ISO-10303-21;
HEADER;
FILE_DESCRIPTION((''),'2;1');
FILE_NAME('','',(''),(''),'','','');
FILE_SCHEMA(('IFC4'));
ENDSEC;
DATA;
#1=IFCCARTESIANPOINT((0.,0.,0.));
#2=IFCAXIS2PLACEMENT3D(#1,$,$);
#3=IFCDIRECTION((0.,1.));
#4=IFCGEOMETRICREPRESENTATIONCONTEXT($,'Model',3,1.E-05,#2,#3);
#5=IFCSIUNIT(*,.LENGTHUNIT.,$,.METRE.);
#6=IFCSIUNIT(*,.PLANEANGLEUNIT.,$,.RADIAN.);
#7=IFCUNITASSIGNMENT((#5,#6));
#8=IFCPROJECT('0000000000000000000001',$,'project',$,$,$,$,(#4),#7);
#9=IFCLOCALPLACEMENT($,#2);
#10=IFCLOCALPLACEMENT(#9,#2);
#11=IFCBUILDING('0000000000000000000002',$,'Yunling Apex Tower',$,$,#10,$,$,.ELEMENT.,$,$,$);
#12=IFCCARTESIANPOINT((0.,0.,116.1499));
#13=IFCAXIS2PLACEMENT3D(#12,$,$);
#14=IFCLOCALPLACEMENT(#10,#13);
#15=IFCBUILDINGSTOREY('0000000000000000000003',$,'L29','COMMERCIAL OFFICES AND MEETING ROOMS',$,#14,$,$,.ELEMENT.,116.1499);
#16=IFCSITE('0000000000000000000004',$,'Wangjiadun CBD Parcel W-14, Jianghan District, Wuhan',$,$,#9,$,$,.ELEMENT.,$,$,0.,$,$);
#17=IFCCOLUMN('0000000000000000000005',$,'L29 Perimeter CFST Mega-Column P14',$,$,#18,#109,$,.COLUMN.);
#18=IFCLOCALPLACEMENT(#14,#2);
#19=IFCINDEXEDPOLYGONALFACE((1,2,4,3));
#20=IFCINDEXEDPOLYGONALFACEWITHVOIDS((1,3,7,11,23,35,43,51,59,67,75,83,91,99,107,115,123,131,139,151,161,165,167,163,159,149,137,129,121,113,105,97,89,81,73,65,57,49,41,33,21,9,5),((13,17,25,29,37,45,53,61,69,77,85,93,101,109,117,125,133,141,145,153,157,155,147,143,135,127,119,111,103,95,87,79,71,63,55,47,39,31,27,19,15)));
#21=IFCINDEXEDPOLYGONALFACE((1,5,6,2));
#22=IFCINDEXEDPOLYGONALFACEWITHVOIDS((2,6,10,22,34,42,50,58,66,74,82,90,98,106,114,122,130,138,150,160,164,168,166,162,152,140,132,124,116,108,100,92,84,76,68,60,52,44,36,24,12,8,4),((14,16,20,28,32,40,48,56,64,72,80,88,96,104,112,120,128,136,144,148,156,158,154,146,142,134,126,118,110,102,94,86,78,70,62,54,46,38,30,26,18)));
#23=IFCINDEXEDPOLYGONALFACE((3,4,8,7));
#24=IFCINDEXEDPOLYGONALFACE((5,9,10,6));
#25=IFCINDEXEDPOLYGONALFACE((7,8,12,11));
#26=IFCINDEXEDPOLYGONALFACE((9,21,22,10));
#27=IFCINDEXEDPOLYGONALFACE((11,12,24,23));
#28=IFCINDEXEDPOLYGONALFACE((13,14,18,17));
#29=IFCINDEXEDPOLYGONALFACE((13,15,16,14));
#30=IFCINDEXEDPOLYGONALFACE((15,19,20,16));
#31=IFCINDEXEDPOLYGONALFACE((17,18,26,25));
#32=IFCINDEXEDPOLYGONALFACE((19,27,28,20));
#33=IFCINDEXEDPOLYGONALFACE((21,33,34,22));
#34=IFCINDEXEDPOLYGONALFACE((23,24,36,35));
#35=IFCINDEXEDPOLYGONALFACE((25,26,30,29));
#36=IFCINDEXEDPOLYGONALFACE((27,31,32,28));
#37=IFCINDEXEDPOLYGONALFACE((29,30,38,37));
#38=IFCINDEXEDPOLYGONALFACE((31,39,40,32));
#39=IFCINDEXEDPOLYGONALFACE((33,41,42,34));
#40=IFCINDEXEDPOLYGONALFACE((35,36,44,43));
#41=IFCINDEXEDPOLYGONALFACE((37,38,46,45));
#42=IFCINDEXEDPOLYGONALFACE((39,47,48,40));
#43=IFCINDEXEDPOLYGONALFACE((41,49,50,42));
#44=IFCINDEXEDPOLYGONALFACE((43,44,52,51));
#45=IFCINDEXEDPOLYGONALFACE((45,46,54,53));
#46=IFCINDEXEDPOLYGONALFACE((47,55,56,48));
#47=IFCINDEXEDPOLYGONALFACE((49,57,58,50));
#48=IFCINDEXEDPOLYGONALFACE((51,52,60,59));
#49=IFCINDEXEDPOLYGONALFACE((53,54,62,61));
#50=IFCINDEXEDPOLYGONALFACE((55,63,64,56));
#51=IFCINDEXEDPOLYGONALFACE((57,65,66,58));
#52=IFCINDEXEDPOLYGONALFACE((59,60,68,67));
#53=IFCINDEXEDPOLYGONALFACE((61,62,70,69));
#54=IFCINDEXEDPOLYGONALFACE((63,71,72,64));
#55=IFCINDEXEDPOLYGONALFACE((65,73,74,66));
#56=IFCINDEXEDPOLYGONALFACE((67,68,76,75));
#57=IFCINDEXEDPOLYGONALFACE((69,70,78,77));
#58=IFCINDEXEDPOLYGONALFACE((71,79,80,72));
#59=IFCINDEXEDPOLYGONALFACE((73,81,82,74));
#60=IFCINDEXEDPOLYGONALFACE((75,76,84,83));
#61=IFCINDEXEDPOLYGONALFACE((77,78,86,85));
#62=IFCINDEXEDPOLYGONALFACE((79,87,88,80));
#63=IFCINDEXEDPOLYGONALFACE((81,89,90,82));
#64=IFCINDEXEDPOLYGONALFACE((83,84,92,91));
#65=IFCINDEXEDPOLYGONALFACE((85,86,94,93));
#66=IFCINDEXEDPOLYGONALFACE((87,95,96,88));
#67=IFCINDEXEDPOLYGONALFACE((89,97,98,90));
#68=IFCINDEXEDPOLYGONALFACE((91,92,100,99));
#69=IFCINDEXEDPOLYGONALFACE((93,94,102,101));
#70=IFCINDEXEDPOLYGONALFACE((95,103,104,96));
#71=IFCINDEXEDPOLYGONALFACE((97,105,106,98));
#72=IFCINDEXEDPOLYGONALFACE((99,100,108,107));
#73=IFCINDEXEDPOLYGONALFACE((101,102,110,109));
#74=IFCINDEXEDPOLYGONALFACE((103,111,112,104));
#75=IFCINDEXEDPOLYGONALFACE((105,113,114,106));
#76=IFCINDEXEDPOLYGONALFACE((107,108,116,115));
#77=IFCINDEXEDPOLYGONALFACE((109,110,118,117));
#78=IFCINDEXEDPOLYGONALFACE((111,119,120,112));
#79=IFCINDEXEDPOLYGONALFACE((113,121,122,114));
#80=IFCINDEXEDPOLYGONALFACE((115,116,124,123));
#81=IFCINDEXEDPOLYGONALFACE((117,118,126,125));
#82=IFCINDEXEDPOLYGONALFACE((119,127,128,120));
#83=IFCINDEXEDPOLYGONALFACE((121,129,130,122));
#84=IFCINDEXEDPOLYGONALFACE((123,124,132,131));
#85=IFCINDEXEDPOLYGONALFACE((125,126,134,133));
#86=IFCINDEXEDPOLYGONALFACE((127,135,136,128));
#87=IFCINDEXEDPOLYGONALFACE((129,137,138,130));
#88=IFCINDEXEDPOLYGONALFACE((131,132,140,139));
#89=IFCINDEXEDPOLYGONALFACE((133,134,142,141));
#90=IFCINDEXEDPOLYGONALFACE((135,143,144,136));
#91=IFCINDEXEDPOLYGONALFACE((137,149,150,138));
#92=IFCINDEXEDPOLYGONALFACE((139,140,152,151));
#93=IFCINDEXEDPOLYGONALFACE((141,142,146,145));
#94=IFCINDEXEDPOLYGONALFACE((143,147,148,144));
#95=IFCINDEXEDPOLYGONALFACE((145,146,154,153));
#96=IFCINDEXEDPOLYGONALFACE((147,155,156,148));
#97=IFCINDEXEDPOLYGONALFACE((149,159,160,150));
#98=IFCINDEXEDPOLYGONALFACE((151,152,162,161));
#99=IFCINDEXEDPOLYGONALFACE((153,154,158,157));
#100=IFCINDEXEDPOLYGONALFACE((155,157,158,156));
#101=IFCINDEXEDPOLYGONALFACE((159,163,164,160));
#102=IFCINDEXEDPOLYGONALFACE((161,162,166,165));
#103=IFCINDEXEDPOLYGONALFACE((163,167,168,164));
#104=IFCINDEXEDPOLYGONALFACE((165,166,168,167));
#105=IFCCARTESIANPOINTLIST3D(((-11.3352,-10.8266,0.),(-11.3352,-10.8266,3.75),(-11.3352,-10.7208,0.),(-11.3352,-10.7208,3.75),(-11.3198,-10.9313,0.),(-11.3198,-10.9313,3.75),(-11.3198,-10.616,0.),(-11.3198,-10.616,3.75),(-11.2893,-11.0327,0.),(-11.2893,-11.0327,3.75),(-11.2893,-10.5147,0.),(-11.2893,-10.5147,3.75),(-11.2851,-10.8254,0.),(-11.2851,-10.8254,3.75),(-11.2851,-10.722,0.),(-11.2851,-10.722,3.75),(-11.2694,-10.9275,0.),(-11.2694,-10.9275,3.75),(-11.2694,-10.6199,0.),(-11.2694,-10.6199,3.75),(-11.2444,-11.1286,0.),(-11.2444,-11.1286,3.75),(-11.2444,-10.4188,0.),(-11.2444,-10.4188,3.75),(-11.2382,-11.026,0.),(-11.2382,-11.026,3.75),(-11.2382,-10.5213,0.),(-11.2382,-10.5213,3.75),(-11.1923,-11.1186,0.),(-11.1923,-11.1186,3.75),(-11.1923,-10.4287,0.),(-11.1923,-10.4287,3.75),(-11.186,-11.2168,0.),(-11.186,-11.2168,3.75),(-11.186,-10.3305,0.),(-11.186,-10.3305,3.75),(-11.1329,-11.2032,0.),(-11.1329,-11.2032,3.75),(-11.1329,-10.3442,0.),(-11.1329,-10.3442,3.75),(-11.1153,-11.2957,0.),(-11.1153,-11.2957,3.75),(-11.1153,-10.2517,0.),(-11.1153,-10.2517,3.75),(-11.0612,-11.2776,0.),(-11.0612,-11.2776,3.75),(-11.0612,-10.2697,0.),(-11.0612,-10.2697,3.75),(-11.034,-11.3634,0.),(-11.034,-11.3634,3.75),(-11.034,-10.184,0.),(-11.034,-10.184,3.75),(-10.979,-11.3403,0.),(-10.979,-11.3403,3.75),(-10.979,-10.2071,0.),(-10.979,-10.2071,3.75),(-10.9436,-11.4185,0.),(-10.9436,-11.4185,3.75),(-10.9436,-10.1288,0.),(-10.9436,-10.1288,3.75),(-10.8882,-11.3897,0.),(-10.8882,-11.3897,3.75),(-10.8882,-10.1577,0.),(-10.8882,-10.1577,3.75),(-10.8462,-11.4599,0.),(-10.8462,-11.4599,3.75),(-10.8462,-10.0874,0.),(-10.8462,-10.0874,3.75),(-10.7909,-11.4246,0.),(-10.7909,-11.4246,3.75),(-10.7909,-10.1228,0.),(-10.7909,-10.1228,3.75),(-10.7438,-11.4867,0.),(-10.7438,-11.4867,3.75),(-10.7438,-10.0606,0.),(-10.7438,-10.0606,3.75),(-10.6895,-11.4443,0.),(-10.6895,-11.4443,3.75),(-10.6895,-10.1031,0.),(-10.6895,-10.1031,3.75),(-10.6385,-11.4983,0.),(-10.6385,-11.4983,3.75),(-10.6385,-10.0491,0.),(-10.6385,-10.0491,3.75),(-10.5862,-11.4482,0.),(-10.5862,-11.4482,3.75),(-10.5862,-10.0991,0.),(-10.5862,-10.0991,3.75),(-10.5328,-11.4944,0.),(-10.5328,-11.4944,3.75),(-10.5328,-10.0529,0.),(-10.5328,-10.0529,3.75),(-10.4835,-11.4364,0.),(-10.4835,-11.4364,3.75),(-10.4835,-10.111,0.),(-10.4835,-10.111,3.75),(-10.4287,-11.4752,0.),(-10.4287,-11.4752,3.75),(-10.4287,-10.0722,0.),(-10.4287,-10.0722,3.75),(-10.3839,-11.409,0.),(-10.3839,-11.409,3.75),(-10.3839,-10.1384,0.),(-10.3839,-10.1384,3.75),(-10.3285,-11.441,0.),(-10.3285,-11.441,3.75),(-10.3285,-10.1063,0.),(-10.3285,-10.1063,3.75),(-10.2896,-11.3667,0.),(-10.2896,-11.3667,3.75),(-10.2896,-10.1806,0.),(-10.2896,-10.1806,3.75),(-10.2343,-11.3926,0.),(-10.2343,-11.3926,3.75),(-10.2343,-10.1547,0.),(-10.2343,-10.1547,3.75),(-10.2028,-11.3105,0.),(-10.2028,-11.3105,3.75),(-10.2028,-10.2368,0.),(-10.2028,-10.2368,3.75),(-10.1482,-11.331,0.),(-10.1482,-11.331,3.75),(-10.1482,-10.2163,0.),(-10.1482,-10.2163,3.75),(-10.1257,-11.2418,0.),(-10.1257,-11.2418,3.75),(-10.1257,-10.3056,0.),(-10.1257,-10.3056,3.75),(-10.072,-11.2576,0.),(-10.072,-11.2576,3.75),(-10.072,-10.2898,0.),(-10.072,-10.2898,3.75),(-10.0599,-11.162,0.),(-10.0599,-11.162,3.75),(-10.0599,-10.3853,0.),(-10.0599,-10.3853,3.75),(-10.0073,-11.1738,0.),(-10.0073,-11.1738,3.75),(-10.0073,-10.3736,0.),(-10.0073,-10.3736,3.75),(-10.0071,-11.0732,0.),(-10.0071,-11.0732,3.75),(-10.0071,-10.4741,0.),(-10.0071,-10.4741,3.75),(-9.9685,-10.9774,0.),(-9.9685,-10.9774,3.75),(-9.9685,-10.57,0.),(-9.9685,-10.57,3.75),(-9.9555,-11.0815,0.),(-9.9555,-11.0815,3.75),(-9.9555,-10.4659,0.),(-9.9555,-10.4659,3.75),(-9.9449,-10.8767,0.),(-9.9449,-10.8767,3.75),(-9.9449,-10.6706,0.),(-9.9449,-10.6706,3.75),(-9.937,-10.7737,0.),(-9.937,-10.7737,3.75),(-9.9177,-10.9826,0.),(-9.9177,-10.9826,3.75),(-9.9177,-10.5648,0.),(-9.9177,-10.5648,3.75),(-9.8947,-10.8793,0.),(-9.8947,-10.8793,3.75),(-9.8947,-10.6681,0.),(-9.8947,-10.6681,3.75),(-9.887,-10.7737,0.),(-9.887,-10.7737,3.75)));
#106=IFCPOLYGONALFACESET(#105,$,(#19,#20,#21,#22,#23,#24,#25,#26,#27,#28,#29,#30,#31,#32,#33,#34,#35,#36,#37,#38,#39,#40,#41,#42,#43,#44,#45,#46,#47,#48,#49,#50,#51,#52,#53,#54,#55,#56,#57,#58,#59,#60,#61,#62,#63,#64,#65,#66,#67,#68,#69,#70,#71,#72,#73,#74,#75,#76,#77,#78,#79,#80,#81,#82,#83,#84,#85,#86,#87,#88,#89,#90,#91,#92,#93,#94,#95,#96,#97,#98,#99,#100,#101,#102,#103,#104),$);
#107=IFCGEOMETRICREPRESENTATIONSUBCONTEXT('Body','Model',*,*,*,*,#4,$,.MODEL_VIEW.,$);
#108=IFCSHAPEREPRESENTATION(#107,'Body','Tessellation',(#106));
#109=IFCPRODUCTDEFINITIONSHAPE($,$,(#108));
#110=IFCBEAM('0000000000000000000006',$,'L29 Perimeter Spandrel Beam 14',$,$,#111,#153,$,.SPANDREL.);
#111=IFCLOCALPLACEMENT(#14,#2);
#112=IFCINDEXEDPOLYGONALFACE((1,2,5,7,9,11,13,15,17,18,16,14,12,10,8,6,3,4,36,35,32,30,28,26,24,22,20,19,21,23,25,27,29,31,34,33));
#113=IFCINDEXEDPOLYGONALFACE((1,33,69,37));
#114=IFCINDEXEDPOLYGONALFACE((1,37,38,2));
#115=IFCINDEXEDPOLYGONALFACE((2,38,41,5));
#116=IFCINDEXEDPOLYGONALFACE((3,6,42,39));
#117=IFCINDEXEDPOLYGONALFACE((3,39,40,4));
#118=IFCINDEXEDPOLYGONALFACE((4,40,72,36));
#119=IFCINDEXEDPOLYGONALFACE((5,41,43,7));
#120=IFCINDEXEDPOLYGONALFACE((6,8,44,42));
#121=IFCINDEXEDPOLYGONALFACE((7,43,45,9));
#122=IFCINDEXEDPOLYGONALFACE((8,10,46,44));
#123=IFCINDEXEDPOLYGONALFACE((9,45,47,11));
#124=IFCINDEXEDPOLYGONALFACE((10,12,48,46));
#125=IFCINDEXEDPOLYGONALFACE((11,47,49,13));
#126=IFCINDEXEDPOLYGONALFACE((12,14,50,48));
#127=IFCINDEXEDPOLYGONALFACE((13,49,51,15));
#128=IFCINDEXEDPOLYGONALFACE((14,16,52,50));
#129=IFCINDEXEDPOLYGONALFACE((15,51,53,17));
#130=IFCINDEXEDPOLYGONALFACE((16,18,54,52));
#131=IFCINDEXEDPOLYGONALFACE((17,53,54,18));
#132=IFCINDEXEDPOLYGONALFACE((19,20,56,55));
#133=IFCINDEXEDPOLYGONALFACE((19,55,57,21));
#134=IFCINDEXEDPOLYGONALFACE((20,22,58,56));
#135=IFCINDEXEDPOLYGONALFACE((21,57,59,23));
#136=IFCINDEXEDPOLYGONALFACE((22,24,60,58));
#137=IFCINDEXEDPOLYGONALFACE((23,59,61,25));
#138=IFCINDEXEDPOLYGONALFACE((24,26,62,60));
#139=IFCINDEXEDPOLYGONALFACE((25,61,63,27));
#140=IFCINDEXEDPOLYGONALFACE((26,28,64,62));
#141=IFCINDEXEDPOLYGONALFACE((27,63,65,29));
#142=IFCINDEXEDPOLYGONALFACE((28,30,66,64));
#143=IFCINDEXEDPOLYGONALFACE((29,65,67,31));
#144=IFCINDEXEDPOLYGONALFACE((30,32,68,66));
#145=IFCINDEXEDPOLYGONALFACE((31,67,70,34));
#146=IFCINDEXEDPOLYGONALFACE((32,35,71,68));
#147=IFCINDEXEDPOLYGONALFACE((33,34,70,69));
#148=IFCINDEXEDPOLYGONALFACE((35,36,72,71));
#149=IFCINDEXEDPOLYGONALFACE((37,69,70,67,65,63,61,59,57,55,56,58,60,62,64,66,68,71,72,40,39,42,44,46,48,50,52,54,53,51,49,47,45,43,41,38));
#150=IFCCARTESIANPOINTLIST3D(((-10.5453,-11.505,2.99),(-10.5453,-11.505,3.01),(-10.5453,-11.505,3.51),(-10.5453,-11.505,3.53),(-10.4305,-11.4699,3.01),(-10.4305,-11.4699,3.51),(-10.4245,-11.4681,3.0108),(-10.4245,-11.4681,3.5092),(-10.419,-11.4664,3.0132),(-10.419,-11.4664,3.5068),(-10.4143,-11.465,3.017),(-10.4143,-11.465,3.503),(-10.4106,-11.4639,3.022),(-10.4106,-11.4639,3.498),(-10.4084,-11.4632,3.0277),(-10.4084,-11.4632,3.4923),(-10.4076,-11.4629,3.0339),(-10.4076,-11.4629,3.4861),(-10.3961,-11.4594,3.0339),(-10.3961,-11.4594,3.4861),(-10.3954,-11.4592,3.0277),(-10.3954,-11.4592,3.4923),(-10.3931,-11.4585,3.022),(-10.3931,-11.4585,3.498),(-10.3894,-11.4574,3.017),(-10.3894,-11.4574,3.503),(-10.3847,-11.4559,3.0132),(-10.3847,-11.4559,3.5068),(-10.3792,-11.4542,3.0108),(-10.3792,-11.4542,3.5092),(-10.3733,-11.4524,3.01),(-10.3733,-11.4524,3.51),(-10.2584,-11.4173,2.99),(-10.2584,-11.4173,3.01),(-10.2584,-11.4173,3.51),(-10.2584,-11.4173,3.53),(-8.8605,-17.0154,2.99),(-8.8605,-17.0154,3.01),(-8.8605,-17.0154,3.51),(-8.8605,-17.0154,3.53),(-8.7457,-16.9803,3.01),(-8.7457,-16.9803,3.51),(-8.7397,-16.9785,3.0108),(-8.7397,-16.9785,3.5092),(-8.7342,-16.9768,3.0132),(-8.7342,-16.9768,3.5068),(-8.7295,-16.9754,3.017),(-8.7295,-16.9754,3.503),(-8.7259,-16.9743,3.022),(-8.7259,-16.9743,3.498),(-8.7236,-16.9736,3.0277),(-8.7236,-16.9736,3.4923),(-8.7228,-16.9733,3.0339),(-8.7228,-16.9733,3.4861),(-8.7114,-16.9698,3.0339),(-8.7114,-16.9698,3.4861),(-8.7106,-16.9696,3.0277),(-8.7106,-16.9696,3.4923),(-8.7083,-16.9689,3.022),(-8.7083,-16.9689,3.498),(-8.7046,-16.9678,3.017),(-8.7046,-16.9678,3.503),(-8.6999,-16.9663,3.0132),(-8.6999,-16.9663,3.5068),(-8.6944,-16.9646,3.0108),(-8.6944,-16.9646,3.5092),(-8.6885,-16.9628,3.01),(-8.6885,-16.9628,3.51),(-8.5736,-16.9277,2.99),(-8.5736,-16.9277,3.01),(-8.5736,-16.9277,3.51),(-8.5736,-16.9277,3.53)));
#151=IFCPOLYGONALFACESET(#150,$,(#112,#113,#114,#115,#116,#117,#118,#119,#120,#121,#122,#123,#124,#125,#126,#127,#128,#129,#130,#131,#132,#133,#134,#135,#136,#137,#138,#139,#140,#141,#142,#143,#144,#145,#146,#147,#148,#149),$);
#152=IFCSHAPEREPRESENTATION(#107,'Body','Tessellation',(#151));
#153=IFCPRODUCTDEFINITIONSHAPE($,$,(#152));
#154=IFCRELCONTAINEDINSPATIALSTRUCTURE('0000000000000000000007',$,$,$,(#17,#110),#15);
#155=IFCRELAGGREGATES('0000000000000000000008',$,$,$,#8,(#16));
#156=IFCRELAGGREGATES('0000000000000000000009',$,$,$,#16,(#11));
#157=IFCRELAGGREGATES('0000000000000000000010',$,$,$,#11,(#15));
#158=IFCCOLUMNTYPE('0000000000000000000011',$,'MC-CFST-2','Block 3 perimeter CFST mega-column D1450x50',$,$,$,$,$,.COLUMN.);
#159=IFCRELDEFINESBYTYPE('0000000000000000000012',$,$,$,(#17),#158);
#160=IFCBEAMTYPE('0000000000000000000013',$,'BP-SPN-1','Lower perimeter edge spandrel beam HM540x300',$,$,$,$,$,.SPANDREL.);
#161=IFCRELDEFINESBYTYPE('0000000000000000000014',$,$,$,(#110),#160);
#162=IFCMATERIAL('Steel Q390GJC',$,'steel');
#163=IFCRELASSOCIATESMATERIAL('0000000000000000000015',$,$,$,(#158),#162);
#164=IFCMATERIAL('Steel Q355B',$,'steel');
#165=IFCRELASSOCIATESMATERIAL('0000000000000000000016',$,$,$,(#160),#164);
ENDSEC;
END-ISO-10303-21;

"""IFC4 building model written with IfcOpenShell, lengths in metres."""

from ifc_helpers import new_model, si_unit, direction, frame, origin, origin_2d, place, context, subcontext, project, spatial, hollow_circle, i_section, extrude, source, transform, mapped, material, material_profile, profile_set, type_object, element, save


model = new_model("IFC4")

# Units and contexts
model_context = context("Model", 3, precision=1e-05, world=origin(), true_north=direction((0.0, 1.0)))
body_context = subcontext(model_context, "Body", "Model", "MODEL_VIEW")
ifc_project = project(units=[si_unit("LENGTHUNIT", "METRE"), si_unit("PLANEANGLEUNIT", "RADIAN")], contexts=[model_context])

# Site, building, storey
site_placement = place(None, origin())
site = spatial("IfcSite", under=ifc_project, at=site_placement, Name="Wangjiadun CBD Parcel W-14, Jianghan District, Wuhan", CompositionType="ELEMENT", RefElevation=0.0)
building_placement = place(site_placement, origin())
building = spatial("IfcBuilding", under=site, at=building_placement, Name="Yunling Apex Tower", CompositionType="ELEMENT")
storey_placement = place(building_placement, frame((0.0, 0.0, 116.1499)))
storey = spatial("IfcBuildingStorey", under=building, at=storey_placement, Name="L29", Description="COMMERCIAL OFFICES AND MEETING ROOMS", CompositionType="ELEMENT", Elevation=116.1499)

# Column
ifc_material_1 = material(Name="Steel Q390GJC", Category="steel")
ifc_material_profile_1 = material_profile(ifc_material_1, hollow_circle(Radius=0.7251, WallThickness=0.05, at=origin_2d()))
ifc_profile_set_1 = profile_set([ifc_material_profile_1], Name="Steel Q390GJC")
column_type = type_object("IfcColumnType", Name="MC-CFST-2", Description="Block 3 perimeter CFST mega-column D1450x50", PredefinedType="COLUMN", material=ifc_profile_set_1)
shared_shape_1 = source(origin(), body_context, "Body", "SweptSolid", [
    extrude(hollow_circle(Radius=0.7251, WallThickness=0.05, at=origin_2d()), origin(), (0.0, 0.0, 1.0), 3.75),
])
column_placement = place(storey_placement, frame((-10.6121, -10.7737, 0.0), z_axis=(0.0, 0.0, 1.0), x_axis=(1.0, 0.0, 0.0)))
element("IfcColumn", 1, at=column_placement, inside=storey, type_object=column_type, Name="L29 Perimeter CFST Mega-Column P14", PredefinedType="COLUMN", context=body_context, shape_type="MappedRepresentation", body=[
    mapped(shared_shape_1, transform((0.0, 0.0, 0.0), scale=1.0)),
])

# Beam
ifc_material_2 = material(Name="Steel Q355B", Category="steel")
ifc_material_profile_2 = material_profile(ifc_material_2, i_section(OverallWidth=0.3, OverallDepth=0.54, WebThickness=0.012, FlangeThickness=0.02, FilletRadius=0.0239, at=origin_2d()))
ifc_profile_set_2 = profile_set([ifc_material_profile_2], Name="Steel Q355B")
beam_type_1 = type_object("IfcBeamType", Name="BP-SPN-1", Description="Lower perimeter edge spandrel beam HM540x300", PredefinedType="SPANDREL", material=ifc_profile_set_2)
shared_shape_2 = source(origin(), body_context, "Body", "SweptSolid", [
    extrude(i_section(OverallWidth=0.3, OverallDepth=0.54, WebThickness=0.012, FlangeThickness=0.02, FilletRadius=0.0239, at=origin_2d()), origin(), (0.0, 0.0, 1.0), 5.7622),
])
beam_1_placement = place(storey_placement, frame((-10.4019, -11.4612, 3.26), z_axis=(0.292385, -0.956301, 0.0), x_axis=(0.956301, 0.292385, 0.0)))
element("IfcBeam", 2, at=beam_1_placement, inside=storey, type_object=beam_type_1, Name="L29 Perimeter Spandrel Beam 14", PredefinedType="SPANDREL", context=body_context, shape_type="MappedRepresentation", body=[
    mapped(shared_shape_2, transform((0.0, 0.0, 0.0), scale=1.0)),
])

save(model, "model.ifc")
